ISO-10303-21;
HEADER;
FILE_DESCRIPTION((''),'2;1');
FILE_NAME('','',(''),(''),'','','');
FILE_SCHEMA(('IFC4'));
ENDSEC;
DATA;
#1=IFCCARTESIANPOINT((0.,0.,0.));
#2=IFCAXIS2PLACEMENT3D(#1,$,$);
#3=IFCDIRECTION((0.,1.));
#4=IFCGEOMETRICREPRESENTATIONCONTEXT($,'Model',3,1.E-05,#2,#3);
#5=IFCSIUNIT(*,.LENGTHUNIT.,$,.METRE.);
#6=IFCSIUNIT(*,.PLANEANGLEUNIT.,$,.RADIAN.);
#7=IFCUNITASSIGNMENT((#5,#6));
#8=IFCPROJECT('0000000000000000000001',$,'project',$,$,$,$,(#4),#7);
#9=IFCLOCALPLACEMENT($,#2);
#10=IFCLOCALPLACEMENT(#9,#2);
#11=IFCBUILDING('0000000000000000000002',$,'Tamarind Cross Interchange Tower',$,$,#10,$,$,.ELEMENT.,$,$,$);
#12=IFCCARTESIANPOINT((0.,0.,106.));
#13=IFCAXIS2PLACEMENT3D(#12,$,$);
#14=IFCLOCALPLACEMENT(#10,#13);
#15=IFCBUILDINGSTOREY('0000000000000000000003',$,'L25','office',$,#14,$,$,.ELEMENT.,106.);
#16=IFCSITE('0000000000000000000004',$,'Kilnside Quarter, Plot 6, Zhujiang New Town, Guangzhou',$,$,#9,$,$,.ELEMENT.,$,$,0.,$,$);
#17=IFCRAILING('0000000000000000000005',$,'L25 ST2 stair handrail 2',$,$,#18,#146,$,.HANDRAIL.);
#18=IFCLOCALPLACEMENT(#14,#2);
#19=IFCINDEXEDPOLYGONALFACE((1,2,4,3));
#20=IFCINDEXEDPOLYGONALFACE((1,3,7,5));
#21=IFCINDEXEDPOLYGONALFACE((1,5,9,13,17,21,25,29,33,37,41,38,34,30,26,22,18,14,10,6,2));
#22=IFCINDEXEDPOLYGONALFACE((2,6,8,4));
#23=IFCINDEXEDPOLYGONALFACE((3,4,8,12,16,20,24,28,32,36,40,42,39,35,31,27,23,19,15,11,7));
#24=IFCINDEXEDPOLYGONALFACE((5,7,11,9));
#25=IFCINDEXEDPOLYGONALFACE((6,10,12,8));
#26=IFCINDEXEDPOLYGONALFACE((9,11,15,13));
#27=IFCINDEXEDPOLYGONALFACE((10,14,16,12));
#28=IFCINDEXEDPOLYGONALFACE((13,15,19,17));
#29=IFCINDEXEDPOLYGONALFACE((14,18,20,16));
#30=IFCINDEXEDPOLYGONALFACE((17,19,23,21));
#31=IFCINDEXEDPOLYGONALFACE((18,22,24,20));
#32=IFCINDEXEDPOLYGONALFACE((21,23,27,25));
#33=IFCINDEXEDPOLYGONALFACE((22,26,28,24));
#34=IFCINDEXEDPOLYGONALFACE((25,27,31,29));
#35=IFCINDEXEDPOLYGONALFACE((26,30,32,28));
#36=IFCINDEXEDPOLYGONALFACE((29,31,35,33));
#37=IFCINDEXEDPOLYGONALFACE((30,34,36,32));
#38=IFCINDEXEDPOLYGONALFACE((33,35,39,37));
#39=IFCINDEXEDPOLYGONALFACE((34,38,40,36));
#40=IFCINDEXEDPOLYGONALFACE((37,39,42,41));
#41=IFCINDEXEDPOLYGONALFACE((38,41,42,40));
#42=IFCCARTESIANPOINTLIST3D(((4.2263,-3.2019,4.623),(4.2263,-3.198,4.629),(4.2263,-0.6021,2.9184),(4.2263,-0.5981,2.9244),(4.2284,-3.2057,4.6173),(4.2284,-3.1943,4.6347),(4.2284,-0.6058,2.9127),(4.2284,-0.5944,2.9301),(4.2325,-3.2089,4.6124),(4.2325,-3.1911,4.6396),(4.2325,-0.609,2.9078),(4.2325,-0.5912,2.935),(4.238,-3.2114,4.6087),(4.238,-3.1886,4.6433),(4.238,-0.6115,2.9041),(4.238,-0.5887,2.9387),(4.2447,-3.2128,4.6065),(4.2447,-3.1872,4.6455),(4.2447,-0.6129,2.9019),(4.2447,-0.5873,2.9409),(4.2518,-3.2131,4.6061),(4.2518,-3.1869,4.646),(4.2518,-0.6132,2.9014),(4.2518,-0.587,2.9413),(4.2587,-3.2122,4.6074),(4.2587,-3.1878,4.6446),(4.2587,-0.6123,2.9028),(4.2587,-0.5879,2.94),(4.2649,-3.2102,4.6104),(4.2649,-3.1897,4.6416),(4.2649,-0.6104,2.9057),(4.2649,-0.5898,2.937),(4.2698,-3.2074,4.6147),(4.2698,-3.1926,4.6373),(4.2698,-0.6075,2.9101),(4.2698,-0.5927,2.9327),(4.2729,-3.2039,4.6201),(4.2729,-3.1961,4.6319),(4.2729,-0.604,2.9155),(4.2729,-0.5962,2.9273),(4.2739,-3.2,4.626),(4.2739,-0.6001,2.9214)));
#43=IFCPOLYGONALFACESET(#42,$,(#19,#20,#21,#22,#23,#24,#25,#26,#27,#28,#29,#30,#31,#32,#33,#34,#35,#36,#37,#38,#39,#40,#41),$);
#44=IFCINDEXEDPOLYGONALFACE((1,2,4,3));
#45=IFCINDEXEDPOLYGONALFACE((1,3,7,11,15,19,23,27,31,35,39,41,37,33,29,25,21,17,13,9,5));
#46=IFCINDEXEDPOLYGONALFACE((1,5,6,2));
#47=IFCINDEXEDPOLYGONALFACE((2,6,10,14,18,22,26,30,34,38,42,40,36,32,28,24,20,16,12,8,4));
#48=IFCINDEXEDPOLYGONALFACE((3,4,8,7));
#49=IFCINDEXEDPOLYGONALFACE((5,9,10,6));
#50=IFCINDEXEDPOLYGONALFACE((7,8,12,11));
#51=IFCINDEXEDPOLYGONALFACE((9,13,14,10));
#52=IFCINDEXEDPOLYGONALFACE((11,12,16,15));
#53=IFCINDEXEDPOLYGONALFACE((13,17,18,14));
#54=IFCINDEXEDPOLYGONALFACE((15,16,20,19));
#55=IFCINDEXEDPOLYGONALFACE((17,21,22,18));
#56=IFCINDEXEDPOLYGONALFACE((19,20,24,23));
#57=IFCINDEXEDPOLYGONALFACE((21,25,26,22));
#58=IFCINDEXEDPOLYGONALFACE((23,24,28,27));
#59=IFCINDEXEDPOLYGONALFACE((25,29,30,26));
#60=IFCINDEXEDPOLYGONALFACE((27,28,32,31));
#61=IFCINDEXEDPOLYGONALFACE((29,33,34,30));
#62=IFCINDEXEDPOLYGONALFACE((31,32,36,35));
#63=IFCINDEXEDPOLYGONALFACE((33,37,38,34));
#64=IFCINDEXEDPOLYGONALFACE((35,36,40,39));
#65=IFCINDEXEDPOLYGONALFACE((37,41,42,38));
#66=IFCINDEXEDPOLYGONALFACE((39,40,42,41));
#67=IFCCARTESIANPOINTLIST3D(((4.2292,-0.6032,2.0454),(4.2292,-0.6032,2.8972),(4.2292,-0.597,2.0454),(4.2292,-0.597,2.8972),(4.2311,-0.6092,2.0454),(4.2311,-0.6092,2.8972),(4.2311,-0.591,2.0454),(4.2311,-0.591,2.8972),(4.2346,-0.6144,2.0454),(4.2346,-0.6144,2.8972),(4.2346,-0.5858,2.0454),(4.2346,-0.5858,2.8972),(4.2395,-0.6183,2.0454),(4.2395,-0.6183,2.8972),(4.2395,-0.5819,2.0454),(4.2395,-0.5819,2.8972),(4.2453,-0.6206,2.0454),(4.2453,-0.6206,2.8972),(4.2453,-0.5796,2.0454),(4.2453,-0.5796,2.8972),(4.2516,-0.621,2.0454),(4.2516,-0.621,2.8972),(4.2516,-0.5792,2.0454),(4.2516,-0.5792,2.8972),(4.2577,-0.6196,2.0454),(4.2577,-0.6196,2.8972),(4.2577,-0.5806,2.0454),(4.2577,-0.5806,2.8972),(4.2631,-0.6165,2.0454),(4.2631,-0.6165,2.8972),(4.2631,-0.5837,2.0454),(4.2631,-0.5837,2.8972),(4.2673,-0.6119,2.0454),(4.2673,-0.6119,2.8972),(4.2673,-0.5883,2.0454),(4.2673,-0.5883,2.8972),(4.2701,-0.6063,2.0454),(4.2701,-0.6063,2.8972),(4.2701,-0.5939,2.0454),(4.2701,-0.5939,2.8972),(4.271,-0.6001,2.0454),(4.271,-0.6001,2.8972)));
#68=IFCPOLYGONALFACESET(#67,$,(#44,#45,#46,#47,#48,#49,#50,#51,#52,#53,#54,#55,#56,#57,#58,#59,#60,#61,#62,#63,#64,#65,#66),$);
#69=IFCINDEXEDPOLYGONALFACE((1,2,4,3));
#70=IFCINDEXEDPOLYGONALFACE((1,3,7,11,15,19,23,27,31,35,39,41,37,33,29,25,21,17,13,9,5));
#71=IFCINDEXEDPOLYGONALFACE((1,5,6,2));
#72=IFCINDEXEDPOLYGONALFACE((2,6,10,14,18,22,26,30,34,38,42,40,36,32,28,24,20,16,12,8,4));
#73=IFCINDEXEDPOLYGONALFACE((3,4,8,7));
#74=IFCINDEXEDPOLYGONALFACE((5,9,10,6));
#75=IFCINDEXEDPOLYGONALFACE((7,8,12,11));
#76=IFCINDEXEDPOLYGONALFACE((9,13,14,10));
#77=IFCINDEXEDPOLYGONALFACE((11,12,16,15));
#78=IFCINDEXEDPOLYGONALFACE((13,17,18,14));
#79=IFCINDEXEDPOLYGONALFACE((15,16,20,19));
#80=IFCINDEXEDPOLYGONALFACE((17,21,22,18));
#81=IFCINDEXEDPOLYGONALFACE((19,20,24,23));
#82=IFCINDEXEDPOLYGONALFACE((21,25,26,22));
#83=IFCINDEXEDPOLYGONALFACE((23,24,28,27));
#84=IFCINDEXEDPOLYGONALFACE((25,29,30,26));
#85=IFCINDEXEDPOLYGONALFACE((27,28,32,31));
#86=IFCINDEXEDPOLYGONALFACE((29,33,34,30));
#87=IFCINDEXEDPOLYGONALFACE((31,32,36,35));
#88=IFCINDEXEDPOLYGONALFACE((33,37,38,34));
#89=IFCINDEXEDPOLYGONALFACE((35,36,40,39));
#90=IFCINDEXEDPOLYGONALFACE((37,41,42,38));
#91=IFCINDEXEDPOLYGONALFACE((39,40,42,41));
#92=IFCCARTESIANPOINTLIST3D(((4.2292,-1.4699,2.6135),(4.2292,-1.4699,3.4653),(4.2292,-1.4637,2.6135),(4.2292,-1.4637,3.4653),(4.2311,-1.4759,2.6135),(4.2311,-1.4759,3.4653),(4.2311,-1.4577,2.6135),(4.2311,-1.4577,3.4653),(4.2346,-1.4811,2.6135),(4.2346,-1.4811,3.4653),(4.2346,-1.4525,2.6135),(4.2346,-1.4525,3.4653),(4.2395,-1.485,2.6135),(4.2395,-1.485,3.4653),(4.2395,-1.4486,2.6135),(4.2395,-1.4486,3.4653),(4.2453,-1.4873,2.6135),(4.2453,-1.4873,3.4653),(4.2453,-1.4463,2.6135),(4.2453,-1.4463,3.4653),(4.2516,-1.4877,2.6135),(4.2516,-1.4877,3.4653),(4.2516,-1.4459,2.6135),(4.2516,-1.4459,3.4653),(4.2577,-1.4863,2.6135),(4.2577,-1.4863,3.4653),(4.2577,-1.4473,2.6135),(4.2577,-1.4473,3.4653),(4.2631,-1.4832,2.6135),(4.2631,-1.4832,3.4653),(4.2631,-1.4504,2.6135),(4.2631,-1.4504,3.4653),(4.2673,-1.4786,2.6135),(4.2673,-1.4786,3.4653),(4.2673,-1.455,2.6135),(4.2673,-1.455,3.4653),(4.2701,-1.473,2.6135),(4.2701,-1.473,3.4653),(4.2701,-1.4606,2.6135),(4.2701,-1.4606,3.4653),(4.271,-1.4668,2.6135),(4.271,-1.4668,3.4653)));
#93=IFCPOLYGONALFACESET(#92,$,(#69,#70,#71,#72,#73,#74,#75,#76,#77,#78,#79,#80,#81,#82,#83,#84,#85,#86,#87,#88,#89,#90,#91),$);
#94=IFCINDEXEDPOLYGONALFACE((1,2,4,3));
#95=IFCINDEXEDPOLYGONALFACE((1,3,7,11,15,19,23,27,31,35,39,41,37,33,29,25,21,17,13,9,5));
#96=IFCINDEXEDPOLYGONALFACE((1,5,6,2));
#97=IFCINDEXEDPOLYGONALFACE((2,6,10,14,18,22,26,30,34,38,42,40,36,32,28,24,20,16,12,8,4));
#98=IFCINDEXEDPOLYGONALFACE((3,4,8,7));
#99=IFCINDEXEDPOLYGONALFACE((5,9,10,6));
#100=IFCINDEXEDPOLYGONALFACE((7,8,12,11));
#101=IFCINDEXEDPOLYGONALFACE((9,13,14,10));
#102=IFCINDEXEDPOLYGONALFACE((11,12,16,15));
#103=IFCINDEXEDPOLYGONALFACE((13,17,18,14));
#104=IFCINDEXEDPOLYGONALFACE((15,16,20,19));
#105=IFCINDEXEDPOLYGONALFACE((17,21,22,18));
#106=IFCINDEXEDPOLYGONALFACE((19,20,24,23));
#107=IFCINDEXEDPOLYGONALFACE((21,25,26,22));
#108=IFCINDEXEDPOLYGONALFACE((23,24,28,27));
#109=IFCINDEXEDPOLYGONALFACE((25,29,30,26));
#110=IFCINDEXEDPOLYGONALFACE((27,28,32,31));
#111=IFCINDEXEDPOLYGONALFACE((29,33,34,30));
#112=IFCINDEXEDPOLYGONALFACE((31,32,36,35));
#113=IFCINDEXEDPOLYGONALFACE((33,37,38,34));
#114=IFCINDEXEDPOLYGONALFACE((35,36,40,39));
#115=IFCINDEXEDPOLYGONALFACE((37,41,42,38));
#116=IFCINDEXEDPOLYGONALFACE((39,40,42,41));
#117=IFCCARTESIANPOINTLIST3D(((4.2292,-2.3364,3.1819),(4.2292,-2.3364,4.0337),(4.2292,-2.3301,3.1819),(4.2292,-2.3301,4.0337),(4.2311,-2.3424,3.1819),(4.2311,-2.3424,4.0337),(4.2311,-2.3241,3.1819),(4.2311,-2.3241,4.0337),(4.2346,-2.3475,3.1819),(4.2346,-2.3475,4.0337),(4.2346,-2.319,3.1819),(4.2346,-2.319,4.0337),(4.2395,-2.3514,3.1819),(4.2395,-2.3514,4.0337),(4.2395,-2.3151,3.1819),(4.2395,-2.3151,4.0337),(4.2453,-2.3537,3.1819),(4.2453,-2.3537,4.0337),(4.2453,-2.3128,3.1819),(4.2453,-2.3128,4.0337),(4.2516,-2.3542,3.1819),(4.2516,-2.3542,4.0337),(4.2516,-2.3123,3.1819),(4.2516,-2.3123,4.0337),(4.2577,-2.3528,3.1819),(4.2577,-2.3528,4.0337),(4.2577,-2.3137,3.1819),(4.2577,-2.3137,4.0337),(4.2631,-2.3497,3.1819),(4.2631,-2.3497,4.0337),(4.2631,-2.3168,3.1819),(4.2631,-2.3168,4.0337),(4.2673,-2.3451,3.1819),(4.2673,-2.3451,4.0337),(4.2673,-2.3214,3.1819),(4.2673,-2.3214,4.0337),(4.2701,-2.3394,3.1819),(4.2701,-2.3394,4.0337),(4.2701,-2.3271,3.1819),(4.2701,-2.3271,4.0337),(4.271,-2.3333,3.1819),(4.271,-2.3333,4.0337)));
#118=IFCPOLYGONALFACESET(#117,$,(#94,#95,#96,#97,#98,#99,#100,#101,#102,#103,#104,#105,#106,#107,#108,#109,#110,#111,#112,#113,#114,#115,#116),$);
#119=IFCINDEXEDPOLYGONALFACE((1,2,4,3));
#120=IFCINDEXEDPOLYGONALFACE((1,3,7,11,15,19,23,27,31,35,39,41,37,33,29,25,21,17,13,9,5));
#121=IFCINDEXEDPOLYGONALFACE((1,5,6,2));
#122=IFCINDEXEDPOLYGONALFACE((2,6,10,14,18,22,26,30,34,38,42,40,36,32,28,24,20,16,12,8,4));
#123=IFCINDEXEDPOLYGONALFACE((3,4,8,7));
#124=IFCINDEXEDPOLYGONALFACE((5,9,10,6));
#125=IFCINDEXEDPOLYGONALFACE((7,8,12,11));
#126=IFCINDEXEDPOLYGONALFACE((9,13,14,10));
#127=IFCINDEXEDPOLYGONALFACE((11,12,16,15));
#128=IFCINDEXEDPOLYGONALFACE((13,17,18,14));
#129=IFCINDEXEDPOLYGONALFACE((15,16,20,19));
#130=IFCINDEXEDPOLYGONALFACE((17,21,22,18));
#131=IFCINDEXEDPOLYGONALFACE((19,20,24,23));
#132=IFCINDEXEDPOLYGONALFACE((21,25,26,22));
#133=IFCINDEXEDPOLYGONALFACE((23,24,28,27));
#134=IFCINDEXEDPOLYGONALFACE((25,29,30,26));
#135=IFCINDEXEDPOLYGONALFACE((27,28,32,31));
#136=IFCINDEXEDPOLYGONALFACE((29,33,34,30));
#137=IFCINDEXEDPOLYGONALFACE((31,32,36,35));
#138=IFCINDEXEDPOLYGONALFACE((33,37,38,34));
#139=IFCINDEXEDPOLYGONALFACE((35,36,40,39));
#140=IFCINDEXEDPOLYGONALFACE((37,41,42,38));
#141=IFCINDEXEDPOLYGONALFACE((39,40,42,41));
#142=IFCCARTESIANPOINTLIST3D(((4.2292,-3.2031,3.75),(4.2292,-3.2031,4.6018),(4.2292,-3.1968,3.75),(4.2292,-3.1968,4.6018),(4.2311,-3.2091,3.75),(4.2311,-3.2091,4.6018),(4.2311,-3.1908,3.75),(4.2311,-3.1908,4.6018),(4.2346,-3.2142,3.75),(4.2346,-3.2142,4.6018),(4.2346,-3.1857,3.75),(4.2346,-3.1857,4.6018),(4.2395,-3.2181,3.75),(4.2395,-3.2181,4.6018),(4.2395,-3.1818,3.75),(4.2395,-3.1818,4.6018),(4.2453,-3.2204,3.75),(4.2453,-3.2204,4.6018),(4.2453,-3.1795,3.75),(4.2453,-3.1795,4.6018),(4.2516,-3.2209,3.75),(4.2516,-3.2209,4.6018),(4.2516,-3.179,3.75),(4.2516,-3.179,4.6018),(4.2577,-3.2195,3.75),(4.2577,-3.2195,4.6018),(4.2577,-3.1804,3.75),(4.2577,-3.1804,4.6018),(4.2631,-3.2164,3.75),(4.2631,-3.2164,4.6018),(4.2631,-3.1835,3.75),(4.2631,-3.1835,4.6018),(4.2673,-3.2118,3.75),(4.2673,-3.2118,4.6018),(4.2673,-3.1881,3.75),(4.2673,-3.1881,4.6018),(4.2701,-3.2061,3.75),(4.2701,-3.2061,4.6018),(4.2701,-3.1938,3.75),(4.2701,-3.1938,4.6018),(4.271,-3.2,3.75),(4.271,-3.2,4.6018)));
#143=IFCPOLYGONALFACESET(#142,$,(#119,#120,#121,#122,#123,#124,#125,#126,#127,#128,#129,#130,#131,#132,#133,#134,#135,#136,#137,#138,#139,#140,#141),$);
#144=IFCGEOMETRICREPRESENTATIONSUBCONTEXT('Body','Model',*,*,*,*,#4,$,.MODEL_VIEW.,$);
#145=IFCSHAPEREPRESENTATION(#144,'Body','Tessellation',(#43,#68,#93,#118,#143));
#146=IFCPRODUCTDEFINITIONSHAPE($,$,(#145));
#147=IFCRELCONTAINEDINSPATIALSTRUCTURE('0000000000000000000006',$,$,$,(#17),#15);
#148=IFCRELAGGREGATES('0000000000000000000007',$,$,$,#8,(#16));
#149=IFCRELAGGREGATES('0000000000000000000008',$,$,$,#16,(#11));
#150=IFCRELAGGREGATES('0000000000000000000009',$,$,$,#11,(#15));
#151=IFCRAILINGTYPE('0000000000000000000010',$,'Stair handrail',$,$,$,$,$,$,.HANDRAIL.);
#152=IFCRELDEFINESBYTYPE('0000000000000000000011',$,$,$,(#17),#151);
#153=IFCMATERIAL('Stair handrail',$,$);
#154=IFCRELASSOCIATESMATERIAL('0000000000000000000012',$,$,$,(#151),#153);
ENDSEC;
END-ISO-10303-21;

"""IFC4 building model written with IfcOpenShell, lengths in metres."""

from ifc_helpers import new_model, si_unit, direction, frame, origin, origin_2d, place, context, subcontext, project, spatial, circle, extrude, material, type_object, element, save


model = new_model("IFC4")

# Units and contexts
model_context = context("Model", 3, precision=1e-05, world=origin(), true_north=direction((0.0, 1.0)))
body_context = subcontext(model_context, "Body", "Model", "MODEL_VIEW")
ifc_project = project(units=[si_unit("LENGTHUNIT", "METRE"), si_unit("PLANEANGLEUNIT", "RADIAN")], contexts=[model_context])

# Site, building, storey
site_placement = place(None, origin())
site = spatial("IfcSite", under=ifc_project, at=site_placement, Name="Kilnside Quarter, Plot 6, Zhujiang New Town, Guangzhou", CompositionType="ELEMENT", RefElevation=0.0)
building_placement = place(site_placement, origin())
building = spatial("IfcBuilding", under=site, at=building_placement, Name="Tamarind Cross Interchange Tower", CompositionType="ELEMENT")
storey_placement = place(building_placement, frame((0.0, 0.0, 106.0)))
storey = spatial("IfcBuildingStorey", under=building, at=storey_placement, Name="L25", Description="office", CompositionType="ELEMENT", Elevation=106.0)

# Railing
ifc_material_1 = material(Name="Stair handrail")
railing_type_1 = type_object("IfcRailingType", Name="Stair handrail", PredefinedType="HANDRAIL", material=ifc_material_1)
railing_1_placement = place(storey_placement, frame((4.25, -0.6001, 2.0454)))
element("IfcRailing", 1, at=railing_1_placement, inside=storey, type_object=railing_type_1, Name="L25 ST2 stair handrail 2", PredefinedType="HANDRAIL", context=body_context, shape_type="SweptSolid", body=[
    extrude(circle(Radius=0.0239, at=origin_2d()), frame((0.0, 0.0, 0.876), z_axis=(0.0, -0.836279, 0.548305), x_axis=(1.0, 0.0, 0.0)), (0.0, 0.0, 1.0), 3.1089),
    extrude(circle(Radius=0.021, at=origin_2d()), origin(), (0.0, 0.0, 1.0), 0.8518),
    extrude(circle(Radius=0.021, at=origin_2d()), frame((0.0, -0.8667, 0.5681)), (0.0, 0.0, 1.0), 0.8518),
    extrude(circle(Radius=0.021, at=origin_2d()), frame((0.0, -1.7332, 1.1365)), (0.0, 0.0, 1.0), 0.8518),
    extrude(circle(Radius=0.021, at=origin_2d()), frame((0.0, -2.5999, 1.7046)), (0.0, 0.0, 1.0), 0.8518),
])

save(model, "model.ifc")
